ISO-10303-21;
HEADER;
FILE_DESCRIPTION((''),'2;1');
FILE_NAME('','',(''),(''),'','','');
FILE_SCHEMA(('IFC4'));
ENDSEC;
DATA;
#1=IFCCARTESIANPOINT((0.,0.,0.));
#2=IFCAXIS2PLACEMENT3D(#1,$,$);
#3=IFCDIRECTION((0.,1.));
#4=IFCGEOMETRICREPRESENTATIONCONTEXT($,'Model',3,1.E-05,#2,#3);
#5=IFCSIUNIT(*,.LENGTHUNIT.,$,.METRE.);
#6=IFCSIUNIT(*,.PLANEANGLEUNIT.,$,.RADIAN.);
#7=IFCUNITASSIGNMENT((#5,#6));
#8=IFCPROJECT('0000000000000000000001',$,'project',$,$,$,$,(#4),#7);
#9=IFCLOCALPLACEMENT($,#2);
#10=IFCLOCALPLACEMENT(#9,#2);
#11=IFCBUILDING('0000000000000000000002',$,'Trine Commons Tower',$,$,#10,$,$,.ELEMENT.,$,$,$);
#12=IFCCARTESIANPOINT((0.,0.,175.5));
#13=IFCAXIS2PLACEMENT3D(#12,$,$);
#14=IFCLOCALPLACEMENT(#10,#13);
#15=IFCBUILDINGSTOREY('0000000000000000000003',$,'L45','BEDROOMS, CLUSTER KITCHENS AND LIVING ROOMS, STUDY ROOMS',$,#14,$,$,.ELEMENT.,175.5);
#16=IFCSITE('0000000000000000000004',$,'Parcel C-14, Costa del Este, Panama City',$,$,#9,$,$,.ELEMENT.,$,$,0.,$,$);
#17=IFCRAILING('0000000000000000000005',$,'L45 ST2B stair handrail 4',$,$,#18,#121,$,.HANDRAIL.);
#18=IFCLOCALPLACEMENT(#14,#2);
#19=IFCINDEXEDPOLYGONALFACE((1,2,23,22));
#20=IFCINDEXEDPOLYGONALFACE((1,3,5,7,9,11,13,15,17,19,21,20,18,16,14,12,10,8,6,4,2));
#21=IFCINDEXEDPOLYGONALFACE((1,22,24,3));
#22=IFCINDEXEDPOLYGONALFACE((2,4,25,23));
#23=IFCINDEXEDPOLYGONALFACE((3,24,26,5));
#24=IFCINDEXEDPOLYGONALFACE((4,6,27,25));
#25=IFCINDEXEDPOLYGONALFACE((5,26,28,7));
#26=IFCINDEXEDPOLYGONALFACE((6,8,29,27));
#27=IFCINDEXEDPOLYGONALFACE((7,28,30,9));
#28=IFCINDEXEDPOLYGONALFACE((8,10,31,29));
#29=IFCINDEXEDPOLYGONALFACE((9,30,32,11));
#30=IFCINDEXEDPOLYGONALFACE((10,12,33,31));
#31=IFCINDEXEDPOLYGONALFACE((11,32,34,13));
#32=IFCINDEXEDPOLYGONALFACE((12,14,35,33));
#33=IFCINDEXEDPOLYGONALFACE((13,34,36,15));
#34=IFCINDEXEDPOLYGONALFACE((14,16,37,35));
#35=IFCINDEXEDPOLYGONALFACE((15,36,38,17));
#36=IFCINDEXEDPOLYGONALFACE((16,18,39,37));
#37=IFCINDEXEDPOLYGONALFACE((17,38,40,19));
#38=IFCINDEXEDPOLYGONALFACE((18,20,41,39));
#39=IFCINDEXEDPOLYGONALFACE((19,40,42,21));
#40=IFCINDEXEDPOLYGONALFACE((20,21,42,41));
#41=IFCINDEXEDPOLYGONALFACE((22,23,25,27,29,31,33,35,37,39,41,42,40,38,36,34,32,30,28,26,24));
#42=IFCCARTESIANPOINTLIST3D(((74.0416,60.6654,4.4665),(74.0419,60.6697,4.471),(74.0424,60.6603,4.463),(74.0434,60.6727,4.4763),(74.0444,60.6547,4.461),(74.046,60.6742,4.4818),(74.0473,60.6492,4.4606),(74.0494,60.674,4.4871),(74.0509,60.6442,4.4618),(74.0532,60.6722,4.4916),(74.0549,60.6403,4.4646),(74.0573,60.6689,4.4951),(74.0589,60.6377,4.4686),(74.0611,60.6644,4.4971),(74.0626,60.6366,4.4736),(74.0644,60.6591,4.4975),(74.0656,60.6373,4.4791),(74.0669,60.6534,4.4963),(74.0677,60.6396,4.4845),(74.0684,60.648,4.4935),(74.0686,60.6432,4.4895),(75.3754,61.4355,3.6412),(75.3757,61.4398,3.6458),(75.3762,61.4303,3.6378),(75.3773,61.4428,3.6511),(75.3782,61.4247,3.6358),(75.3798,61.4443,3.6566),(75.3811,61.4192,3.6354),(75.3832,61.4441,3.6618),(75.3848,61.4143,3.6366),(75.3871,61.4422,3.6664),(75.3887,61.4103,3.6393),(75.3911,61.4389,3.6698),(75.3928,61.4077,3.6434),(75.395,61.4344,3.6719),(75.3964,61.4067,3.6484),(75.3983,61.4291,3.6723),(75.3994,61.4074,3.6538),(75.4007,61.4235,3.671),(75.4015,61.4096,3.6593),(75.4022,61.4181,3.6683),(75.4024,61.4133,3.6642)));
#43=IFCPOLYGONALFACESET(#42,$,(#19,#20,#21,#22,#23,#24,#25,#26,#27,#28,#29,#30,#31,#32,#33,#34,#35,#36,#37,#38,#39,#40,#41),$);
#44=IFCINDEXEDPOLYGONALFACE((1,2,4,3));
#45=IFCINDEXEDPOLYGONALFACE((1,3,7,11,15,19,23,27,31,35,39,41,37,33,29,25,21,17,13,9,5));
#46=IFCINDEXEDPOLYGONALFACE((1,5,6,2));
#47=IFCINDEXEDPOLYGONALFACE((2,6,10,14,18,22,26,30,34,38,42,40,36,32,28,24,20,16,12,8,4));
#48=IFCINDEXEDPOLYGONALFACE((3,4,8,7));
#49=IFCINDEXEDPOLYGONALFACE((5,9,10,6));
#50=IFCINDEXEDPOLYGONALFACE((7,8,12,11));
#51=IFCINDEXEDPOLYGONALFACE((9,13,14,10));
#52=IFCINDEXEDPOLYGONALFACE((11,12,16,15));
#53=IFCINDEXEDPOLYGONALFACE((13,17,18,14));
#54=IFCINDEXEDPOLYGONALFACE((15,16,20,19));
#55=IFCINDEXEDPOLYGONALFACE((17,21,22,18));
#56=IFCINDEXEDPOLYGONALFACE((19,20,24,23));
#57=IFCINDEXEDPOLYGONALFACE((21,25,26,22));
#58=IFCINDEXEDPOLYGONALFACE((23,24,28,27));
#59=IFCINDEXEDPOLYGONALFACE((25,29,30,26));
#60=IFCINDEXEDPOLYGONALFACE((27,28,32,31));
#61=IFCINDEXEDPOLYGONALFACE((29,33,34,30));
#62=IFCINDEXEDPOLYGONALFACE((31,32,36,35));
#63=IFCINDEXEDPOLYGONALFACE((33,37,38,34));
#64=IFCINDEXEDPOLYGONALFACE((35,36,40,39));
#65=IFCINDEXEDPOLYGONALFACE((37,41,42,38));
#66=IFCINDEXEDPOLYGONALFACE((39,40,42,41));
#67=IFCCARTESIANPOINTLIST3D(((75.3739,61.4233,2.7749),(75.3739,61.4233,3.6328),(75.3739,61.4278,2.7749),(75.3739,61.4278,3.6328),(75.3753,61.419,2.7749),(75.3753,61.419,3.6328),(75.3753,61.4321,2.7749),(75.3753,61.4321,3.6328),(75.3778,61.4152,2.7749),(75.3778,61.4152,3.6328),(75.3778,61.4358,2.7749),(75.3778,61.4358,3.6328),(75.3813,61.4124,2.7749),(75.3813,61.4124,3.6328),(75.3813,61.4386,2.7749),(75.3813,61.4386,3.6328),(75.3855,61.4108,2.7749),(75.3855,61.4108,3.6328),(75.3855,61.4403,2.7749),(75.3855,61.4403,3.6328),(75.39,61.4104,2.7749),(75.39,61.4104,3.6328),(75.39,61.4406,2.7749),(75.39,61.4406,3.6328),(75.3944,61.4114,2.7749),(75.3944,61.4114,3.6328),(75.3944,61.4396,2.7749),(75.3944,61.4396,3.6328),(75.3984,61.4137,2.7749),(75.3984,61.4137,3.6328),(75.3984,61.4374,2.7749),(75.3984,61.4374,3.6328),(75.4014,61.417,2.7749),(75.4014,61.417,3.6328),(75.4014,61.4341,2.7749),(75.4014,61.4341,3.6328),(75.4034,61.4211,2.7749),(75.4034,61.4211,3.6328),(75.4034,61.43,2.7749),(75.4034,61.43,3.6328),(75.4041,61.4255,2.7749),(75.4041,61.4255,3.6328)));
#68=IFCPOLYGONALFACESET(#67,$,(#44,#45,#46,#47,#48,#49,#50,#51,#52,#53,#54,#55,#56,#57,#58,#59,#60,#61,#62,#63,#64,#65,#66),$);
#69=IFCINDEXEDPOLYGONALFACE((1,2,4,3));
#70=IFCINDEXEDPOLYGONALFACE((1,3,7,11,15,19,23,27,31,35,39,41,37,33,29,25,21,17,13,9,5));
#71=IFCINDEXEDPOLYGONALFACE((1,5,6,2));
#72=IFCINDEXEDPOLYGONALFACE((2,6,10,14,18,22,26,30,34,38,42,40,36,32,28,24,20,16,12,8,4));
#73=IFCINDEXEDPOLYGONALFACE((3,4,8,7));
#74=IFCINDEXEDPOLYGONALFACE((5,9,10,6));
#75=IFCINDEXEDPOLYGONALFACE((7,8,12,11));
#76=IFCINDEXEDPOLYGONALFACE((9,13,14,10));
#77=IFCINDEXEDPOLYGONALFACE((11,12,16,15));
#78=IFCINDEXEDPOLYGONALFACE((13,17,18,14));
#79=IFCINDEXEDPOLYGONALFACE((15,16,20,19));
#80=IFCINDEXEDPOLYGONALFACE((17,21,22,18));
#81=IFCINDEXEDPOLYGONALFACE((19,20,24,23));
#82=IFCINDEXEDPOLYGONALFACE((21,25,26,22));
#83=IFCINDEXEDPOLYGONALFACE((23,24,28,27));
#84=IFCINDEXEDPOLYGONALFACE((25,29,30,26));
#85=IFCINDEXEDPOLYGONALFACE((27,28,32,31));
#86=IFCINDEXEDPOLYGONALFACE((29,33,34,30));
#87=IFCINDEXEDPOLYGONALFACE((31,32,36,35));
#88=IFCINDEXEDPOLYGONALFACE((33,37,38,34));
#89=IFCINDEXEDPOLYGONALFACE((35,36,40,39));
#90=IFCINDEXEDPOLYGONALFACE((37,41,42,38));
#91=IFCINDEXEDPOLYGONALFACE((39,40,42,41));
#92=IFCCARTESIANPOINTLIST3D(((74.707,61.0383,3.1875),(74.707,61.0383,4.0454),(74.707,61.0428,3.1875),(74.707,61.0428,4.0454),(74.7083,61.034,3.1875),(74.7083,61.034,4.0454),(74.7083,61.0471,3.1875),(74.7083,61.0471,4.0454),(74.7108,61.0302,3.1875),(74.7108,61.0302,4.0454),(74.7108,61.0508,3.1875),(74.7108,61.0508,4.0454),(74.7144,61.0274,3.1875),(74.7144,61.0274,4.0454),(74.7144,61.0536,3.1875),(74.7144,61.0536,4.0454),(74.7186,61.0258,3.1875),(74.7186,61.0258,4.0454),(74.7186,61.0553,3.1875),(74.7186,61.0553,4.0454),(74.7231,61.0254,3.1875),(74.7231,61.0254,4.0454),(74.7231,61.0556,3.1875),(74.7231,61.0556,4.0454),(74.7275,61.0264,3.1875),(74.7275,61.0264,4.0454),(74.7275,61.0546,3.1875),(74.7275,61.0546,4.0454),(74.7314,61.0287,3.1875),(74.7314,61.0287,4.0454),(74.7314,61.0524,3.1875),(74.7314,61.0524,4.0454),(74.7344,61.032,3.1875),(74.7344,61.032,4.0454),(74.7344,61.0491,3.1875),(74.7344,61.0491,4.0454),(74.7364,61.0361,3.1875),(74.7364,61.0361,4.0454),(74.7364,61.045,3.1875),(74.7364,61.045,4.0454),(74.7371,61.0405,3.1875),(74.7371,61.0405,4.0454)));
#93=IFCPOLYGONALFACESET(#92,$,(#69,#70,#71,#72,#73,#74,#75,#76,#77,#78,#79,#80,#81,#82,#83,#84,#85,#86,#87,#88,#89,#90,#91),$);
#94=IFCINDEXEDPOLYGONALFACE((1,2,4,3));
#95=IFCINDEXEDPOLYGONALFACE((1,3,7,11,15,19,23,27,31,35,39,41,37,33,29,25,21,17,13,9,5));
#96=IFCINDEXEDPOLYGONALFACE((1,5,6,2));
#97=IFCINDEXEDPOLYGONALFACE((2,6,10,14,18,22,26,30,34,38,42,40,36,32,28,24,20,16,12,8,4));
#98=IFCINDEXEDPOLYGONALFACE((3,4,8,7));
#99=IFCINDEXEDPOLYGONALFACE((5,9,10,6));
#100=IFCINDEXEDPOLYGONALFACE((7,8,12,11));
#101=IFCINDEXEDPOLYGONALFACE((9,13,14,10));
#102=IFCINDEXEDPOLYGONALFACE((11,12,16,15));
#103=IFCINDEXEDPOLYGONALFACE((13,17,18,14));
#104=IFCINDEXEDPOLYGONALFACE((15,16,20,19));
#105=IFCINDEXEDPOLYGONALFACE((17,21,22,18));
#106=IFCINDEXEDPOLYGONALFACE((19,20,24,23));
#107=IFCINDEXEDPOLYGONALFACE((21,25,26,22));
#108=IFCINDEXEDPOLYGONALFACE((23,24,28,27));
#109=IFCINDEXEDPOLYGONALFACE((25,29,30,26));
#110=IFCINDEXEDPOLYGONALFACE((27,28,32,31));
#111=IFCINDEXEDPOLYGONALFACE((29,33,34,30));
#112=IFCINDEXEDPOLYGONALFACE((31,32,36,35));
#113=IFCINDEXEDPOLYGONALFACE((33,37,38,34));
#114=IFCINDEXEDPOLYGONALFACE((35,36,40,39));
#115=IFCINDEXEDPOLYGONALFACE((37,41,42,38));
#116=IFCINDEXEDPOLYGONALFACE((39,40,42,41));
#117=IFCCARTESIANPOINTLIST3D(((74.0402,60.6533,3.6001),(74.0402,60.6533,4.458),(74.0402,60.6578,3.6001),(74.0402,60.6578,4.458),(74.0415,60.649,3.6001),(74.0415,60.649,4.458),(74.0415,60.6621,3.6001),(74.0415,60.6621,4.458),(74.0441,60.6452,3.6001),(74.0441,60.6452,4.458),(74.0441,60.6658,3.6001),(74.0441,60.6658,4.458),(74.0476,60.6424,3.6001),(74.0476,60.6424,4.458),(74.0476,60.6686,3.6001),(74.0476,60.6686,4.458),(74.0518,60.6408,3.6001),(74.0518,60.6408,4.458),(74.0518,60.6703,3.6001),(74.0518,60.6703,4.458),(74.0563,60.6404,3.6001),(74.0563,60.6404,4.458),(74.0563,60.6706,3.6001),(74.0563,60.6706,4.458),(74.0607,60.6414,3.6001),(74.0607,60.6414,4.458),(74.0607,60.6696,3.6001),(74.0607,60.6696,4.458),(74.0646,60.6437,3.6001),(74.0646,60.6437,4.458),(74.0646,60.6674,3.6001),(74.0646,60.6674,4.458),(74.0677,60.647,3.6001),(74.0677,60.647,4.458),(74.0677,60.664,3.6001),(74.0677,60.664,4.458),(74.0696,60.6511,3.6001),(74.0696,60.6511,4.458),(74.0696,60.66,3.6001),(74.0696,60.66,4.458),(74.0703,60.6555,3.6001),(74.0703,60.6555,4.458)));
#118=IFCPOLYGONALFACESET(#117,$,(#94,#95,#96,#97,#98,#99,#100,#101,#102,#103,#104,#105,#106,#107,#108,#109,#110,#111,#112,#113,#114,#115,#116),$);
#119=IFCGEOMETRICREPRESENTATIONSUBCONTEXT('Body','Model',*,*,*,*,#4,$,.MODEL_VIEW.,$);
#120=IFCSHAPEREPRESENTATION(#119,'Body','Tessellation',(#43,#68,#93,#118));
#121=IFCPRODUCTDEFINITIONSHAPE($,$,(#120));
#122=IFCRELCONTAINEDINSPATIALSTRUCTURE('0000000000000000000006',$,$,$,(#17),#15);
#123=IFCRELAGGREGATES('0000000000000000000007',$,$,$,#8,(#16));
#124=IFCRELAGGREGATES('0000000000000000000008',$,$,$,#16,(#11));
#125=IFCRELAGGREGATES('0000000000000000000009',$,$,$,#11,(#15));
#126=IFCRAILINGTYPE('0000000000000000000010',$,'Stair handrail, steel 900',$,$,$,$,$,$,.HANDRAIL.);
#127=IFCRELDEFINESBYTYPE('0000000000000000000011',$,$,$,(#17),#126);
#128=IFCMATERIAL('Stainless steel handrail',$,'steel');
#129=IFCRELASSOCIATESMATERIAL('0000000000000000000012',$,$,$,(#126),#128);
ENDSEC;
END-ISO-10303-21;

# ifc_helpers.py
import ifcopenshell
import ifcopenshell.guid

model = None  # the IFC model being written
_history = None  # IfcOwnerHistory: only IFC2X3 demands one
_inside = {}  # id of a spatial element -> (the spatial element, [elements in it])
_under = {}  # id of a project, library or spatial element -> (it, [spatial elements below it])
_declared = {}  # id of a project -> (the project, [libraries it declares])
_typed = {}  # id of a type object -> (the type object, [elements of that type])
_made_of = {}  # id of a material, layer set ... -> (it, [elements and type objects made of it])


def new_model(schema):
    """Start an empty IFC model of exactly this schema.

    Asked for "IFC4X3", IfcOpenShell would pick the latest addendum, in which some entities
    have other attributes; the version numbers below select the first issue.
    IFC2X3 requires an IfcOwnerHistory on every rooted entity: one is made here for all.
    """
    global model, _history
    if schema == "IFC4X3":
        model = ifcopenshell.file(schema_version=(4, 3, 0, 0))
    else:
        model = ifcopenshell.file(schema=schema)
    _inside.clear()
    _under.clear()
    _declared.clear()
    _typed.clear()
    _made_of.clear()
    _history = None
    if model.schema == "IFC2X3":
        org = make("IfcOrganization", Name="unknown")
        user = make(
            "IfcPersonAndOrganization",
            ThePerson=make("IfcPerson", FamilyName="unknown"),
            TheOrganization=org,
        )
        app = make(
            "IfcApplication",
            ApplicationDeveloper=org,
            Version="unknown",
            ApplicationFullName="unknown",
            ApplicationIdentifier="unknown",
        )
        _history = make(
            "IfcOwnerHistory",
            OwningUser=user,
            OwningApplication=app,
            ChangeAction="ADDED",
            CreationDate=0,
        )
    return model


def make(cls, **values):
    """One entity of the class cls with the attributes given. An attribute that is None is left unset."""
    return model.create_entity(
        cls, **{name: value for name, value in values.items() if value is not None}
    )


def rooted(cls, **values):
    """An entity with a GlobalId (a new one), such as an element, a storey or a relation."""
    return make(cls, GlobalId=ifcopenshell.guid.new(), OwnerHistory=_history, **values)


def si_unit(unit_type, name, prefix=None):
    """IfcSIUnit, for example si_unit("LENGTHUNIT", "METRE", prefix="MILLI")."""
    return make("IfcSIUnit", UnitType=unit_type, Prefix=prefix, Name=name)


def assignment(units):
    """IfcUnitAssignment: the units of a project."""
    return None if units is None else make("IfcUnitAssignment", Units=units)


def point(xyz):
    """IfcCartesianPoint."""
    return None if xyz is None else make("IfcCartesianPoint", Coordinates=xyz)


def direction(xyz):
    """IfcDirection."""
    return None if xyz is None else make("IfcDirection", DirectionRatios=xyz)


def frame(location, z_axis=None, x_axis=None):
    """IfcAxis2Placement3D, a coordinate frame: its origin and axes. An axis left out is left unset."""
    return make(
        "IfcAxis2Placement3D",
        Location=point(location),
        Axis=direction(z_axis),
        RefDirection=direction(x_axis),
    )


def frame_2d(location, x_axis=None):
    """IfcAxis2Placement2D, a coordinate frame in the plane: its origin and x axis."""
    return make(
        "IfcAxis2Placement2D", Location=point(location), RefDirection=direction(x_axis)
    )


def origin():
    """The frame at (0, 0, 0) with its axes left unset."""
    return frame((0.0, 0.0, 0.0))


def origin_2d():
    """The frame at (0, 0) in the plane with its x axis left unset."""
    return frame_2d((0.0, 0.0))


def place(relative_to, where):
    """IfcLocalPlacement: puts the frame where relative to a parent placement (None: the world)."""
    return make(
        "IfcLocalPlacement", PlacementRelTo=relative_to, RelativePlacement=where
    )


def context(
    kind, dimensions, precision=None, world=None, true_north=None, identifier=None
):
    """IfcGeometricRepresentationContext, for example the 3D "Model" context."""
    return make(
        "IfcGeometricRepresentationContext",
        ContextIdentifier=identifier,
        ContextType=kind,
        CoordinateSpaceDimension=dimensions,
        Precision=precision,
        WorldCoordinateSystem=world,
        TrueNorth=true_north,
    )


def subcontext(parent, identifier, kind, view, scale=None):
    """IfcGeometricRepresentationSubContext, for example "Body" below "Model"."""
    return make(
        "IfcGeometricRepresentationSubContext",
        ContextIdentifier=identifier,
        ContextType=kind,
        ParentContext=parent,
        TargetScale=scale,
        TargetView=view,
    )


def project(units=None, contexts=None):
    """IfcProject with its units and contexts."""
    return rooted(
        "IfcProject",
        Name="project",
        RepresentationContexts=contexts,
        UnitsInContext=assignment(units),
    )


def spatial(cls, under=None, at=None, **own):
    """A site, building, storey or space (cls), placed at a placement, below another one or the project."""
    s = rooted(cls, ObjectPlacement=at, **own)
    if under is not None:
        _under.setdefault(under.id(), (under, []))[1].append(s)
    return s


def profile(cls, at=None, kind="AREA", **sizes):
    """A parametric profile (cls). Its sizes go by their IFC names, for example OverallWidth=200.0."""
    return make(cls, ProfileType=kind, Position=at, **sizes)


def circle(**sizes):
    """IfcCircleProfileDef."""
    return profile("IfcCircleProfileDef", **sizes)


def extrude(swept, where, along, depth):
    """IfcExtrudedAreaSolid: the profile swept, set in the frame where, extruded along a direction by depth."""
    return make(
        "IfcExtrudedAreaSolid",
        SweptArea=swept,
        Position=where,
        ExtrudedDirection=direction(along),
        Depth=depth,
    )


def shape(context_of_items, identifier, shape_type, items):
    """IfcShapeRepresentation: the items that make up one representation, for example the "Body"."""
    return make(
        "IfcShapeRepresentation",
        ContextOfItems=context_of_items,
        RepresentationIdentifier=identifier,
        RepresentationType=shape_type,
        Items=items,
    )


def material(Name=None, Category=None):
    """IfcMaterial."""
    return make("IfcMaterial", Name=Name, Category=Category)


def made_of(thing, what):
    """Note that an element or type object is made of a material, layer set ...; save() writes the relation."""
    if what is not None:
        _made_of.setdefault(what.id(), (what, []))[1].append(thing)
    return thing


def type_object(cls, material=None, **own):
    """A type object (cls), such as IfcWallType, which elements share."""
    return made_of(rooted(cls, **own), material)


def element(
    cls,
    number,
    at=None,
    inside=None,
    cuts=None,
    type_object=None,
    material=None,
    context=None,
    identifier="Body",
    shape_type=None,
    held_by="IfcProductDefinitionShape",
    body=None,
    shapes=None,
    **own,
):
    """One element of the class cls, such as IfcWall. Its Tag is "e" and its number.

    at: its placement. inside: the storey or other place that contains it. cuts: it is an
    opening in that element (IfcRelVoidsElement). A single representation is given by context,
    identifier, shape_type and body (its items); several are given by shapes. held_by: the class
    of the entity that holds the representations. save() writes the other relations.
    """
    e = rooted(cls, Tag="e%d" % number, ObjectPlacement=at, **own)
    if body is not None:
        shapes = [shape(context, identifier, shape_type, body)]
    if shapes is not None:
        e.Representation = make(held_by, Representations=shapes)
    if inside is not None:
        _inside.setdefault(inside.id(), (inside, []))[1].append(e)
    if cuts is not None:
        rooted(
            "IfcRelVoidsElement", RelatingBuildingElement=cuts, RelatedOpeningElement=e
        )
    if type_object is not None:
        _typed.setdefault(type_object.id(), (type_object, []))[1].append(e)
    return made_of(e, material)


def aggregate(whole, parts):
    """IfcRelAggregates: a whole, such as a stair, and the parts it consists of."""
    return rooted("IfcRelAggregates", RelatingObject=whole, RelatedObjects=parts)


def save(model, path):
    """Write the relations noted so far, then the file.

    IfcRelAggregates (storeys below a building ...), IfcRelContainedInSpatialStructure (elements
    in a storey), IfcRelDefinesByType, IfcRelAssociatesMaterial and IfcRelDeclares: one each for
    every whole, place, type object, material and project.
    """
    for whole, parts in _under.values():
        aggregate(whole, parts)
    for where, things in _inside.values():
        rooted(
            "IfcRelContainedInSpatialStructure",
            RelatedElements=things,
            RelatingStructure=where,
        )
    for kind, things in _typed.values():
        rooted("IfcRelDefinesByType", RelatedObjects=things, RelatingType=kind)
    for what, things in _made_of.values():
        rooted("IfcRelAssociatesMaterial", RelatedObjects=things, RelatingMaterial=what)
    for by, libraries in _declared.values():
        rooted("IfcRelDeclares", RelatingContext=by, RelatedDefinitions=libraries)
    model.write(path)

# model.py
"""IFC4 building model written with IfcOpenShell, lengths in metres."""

from ifc_helpers import new_model, si_unit, direction, frame, origin, origin_2d, place, context, subcontext, project, spatial, circle, extrude, material, type_object, element, save


model = new_model("IFC4")

# Units and contexts
model_context = context("Model", 3, precision=1e-05, world=origin(), true_north=direction((0.0, 1.0)))
body_context = subcontext(model_context, "Body", "Model", "MODEL_VIEW")
ifc_project = project(units=[si_unit("LENGTHUNIT", "METRE"), si_unit("PLANEANGLEUNIT", "RADIAN")], contexts=[model_context])

# Site, building, storey
site_placement = place(None, origin())
site = spatial("IfcSite", under=ifc_project, at=site_placement, Name="Parcel C-14, Costa del Este, Panama City", CompositionType="ELEMENT", RefElevation=0.0)
building_placement = place(site_placement, origin())
building = spatial("IfcBuilding", under=site, at=building_placement, Name="Trine Commons Tower", CompositionType="ELEMENT")
storey_placement = place(building_placement, frame((0.0, 0.0, 175.5)))
storey = spatial("IfcBuildingStorey", under=building, at=storey_placement, Name="L45", Description="BEDROOMS, CLUSTER KITCHENS AND LIVING ROOMS, STUDY ROOMS", CompositionType="ELEMENT", Elevation=175.5)

# Railing
ifc_material_1 = material(Name="Stainless steel handrail", Category="steel")
railing_type_1 = type_object("IfcRailingType", Name="Stair handrail, steel 900", PredefinedType="HANDRAIL", material=ifc_material_1)
railing_1_placement = place(storey_placement, frame((75.3889, 61.4255, 2.7749)))
element("IfcRailing", 1, at=railing_1_placement, inside=storey, type_object=railing_type_1, Name="L45 ST2B stair handrail 4", PredefinedType="HANDRAIL", context=body_context, shape_type="SweptSolid", body=[
    extrude(circle(Radius=0.021, at=origin_2d()), frame((0.0, 0.0, 0.8789), z_axis=(-0.763355, -0.440714, 0.472293), x_axis=(0.499992, -0.86603, 0.0)), (0.0, 0.0, 1.0), 1.7473),
    extrude(circle(Radius=0.0151, at=origin_2d()), origin(), (0.0, 0.0, 1.0), 0.8579),
    extrude(circle(Radius=0.0151, at=origin_2d()), frame((-0.667, -0.385, 0.4126)), (0.0, 0.0, 1.0), 0.8579),
    extrude(circle(Radius=0.0151, at=origin_2d()), frame((-1.3337, -0.77, 0.8252)), (0.0, 0.0, 1.0), 0.8579),
])

save(model, "model.ifc")
